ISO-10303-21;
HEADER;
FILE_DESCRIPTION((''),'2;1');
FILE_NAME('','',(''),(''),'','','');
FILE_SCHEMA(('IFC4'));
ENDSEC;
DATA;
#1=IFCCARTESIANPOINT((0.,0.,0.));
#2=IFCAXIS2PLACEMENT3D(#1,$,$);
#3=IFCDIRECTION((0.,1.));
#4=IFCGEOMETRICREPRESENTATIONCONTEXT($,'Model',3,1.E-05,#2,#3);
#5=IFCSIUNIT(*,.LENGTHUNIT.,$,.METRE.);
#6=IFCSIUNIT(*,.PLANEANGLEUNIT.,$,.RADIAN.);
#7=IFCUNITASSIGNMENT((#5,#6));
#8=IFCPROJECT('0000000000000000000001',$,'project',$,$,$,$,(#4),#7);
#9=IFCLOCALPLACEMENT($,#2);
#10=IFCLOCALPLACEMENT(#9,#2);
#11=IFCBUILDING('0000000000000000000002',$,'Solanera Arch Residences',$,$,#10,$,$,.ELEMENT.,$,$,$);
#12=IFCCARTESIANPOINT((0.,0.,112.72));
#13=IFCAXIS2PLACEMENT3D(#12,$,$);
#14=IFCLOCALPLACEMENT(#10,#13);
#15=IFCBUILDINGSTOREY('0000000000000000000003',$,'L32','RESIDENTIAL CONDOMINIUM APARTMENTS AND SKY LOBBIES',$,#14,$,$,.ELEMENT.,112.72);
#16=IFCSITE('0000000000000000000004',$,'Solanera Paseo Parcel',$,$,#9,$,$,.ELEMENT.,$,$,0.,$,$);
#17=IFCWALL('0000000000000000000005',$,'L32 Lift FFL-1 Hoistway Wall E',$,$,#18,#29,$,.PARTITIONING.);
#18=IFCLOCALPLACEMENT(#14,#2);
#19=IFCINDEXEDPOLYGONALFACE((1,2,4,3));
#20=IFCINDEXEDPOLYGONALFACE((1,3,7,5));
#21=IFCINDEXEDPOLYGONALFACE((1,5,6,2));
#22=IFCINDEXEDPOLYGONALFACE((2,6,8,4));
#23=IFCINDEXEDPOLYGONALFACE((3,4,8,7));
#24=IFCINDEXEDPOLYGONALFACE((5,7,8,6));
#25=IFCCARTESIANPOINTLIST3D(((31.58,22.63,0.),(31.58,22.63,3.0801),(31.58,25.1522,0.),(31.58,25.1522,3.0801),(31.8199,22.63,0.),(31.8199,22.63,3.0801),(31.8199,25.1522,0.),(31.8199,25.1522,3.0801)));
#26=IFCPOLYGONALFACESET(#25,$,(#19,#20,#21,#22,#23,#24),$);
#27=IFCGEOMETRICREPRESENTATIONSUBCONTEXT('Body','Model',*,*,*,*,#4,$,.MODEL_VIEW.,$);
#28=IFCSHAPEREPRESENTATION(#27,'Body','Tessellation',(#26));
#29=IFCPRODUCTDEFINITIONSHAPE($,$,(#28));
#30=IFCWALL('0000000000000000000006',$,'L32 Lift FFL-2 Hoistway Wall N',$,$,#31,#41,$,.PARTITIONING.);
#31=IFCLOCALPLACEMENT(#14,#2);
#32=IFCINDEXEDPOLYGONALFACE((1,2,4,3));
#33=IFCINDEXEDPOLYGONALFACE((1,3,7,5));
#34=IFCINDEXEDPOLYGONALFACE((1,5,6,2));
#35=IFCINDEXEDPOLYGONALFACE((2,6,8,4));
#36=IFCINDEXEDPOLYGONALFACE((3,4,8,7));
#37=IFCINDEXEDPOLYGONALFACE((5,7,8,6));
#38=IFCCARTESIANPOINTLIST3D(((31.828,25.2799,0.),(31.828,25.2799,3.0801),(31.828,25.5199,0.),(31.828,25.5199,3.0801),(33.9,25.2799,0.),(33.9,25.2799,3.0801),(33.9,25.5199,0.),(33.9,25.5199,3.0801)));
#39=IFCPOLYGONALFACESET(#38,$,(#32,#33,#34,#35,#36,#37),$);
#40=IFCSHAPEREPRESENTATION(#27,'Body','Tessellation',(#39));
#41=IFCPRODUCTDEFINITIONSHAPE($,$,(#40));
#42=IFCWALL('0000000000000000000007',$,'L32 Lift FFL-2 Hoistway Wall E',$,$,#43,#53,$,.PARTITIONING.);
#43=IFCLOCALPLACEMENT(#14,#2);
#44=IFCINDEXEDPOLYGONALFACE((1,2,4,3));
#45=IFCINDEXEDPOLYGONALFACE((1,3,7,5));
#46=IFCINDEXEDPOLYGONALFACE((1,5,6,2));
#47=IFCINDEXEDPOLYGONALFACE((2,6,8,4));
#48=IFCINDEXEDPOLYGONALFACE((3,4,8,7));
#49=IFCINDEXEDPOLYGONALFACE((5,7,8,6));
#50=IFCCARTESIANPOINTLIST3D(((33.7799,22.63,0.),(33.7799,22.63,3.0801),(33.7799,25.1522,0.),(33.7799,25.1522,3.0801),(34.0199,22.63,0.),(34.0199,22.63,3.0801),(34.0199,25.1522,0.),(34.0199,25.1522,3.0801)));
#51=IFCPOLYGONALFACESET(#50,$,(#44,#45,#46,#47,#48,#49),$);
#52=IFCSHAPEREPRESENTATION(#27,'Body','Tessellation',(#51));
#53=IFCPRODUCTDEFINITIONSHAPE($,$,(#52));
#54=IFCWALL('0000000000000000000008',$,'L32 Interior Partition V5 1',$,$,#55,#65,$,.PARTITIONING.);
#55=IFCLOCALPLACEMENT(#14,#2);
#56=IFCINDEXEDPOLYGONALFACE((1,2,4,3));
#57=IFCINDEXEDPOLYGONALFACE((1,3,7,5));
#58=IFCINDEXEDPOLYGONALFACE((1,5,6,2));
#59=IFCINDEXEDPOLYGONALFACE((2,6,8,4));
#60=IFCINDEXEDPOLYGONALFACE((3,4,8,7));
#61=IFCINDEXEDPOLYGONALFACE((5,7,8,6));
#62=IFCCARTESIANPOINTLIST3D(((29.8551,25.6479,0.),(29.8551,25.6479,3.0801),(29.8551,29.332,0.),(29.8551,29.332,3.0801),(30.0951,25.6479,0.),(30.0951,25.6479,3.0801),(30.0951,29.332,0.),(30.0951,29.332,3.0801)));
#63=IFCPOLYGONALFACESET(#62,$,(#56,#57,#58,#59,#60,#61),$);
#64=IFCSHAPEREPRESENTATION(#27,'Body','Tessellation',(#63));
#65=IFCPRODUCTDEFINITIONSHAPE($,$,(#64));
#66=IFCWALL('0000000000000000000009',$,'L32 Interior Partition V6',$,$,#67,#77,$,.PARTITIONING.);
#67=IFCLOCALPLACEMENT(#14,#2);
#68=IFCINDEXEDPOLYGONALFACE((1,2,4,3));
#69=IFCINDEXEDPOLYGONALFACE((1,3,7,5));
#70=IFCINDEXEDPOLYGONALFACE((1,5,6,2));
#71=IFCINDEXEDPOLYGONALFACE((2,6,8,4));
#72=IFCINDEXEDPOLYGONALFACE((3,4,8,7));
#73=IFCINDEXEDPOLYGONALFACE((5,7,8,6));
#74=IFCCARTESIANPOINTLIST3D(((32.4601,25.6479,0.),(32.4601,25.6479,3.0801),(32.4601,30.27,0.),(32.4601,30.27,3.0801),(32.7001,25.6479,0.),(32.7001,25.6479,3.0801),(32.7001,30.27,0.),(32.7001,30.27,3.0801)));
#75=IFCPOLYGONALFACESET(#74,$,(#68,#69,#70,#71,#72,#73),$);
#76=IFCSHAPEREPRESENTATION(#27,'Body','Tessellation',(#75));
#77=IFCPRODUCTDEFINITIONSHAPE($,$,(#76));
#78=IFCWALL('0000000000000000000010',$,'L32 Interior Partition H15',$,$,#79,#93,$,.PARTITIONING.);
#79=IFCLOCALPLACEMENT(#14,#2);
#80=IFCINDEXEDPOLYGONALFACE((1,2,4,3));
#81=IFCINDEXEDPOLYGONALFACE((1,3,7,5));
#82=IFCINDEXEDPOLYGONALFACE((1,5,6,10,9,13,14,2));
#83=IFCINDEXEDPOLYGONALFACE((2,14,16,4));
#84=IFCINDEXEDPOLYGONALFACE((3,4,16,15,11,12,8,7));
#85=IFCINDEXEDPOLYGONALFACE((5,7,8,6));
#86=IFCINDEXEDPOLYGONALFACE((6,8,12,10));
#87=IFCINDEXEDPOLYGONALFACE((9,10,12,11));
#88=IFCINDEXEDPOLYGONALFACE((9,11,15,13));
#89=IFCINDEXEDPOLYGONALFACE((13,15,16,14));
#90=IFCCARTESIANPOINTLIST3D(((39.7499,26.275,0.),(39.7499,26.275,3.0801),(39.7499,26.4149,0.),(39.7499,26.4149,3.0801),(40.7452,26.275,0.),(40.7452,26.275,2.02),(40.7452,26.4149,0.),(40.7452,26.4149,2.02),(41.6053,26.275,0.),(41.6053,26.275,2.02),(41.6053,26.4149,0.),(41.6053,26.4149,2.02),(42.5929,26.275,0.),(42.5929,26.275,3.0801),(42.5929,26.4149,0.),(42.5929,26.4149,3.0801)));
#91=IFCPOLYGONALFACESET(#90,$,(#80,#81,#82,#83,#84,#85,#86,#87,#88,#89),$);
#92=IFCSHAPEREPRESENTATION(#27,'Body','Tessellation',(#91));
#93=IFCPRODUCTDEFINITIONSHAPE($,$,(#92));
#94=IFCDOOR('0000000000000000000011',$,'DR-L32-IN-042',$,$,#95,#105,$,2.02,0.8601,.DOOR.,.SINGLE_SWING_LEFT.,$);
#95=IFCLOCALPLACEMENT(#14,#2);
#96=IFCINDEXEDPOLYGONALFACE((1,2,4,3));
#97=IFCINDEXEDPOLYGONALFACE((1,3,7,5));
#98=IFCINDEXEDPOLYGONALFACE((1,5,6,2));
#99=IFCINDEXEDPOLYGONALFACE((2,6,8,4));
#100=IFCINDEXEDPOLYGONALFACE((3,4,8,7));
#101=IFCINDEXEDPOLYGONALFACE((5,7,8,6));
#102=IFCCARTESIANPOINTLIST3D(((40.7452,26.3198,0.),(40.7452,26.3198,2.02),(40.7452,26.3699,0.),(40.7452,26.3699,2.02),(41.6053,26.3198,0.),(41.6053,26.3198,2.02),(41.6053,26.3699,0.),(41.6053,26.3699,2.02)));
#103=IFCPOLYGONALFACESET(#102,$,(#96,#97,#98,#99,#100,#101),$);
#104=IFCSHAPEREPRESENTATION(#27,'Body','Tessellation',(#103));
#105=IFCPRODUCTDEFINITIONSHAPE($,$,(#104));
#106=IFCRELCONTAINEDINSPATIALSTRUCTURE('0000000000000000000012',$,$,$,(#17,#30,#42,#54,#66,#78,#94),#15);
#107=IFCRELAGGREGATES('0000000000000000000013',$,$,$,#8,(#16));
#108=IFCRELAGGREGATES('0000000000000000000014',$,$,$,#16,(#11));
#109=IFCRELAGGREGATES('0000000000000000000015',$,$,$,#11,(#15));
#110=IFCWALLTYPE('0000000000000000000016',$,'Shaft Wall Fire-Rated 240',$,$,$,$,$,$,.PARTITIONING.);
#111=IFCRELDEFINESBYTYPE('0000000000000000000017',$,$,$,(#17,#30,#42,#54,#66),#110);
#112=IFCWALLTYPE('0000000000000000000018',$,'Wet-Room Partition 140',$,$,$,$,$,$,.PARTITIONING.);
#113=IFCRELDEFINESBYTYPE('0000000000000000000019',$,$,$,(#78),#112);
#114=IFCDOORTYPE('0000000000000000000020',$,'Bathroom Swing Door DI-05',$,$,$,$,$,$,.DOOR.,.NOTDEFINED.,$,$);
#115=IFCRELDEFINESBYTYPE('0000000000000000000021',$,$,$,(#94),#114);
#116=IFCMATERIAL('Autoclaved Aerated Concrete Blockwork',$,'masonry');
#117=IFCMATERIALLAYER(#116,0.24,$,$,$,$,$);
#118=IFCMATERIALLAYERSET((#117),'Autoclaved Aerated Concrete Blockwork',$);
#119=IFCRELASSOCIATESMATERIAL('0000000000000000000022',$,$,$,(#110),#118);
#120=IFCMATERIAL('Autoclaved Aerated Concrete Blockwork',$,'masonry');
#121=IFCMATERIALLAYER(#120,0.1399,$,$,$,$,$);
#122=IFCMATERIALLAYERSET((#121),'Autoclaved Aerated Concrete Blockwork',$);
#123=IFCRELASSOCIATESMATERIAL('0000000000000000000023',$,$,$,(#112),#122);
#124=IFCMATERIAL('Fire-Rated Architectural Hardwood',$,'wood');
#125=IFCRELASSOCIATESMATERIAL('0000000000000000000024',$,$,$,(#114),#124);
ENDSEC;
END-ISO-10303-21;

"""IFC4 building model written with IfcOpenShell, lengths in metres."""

from ifc_helpers import new_model, si_unit, direction, frame, frame_2d, origin, place, context, subcontext, project, spatial, rectangle, extrude, material, layer, layer_set, type_object, element, fill, save


model = new_model("IFC4")

# Units and contexts
model_context = context("Model", 3, precision=1e-05, world=origin(), true_north=direction((0.0, 1.0)))
body_context = subcontext(model_context, "Body", "Model", "MODEL_VIEW")
ifc_project = project(units=[si_unit("LENGTHUNIT", "METRE"), si_unit("PLANEANGLEUNIT", "RADIAN")], contexts=[model_context])

# Site, building, storey
site_placement = place(None, origin())
site = spatial("IfcSite", under=ifc_project, at=site_placement, Name="Solanera Paseo Parcel", CompositionType="ELEMENT", RefElevation=0.0)
building_placement = place(site_placement, origin())
building = spatial("IfcBuilding", under=site, at=building_placement, Name="Solanera Arch Residences", CompositionType="ELEMENT")
storey_placement = place(building_placement, frame((0.0, 0.0, 112.72)))
storey = spatial("IfcBuildingStorey", under=building, at=storey_placement, Name="L32", Description="RESIDENTIAL CONDOMINIUM APARTMENTS AND SKY LOBBIES", CompositionType="ELEMENT", Elevation=112.72)

# Walls
ifc_material_1 = material(Name="Autoclaved Aerated Concrete Blockwork", Category="masonry")
ifc_layer_1 = layer(ifc_material_1, 0.24)
ifc_layer_set_1 = layer_set([ifc_layer_1], Name="Autoclaved Aerated Concrete Blockwork")
wall_type_1 = type_object("IfcWallType", Name="Shaft Wall Fire-Rated 240", PredefinedType="PARTITIONING", material=ifc_layer_set_1)
wall_1_placement = place(storey_placement, frame((31.7, 22.6299, 0.0), z_axis=(0.0, 0.0, 1.0), x_axis=(0.0, 1.0, 0.0)))
element("IfcWall", 1, at=wall_1_placement, inside=storey, type_object=wall_type_1, Name="L32 Lift FFL-1 Hoistway Wall E", PredefinedType="PARTITIONING", context=body_context, shape_type="SweptSolid", body=[
    extrude(rectangle(XDim=2.5222, YDim=0.24, at=frame_2d((1.2612, 0.0))), origin(), (0.0, 0.0, 1.0), 3.0801),
])
wall_2_placement = place(storey_placement, frame((31.8279, 25.3999, 0.0), z_axis=(0.0, 0.0, 1.0), x_axis=(1.0, 0.0, 0.0)))
element("IfcWall", 2, at=wall_2_placement, inside=storey, type_object=wall_type_1, Name="L32 Lift FFL-2 Hoistway Wall N", PredefinedType="PARTITIONING", context=body_context, shape_type="SweptSolid", body=[
    extrude(rectangle(XDim=2.072, YDim=0.24, at=frame_2d((1.0361, 0.0))), origin(), (0.0, 0.0, 1.0), 3.0801),
])
wall_3_placement = place(storey_placement, frame((33.8999, 22.6299, 0.0), z_axis=(0.0, 0.0, 1.0), x_axis=(0.0, 1.0, 0.0)))
element("IfcWall", 3, at=wall_3_placement, inside=storey, type_object=wall_type_1, Name="L32 Lift FFL-2 Hoistway Wall E", PredefinedType="PARTITIONING", context=body_context, shape_type="SweptSolid", body=[
    extrude(rectangle(XDim=2.5222, YDim=0.24, at=frame_2d((1.2612, 0.0))), origin(), (0.0, 0.0, 1.0), 3.0801),
])
wall_4_placement = place(storey_placement, frame((29.9751, 25.6479, 0.0), z_axis=(0.0, 0.0, 1.0), x_axis=(0.0, 1.0, 0.0)))
element("IfcWall", 4, at=wall_4_placement, inside=storey, type_object=wall_type_1, Name="L32 Interior Partition V5 1", PredefinedType="PARTITIONING", context=body_context, shape_type="SweptSolid", body=[
    extrude(rectangle(XDim=3.6841, YDim=0.24, at=frame_2d((1.842, 0.0))), origin(), (0.0, 0.0, 1.0), 3.0801),
])

# Wall
wall_5_placement = place(storey_placement, frame((32.5801, 25.6479, 0.0), z_axis=(0.0, 0.0, 1.0), x_axis=(0.0, 1.0, 0.0)))
element("IfcWall", 5, at=wall_5_placement, inside=storey, type_object=wall_type_1, Name="L32 Interior Partition V6", PredefinedType="PARTITIONING", context=body_context, shape_type="SweptSolid", body=[
    extrude(rectangle(XDim=4.6221, YDim=0.24, at=frame_2d((2.311, 0.0))), origin(), (0.0, 0.0, 1.0), 3.0801),
])

# Wall, opening, door
ifc_material_2 = material(Name="Autoclaved Aerated Concrete Blockwork", Category="masonry")
ifc_layer_2 = layer(ifc_material_2, 0.1399)
ifc_layer_set_2 = layer_set([ifc_layer_2], Name="Autoclaved Aerated Concrete Blockwork")
wall_type_2 = type_object("IfcWallType", Name="Wet-Room Partition 140", PredefinedType="PARTITIONING", material=ifc_layer_set_2)
wall_6_placement = place(storey_placement, frame((39.75, 26.345, 0.0), z_axis=(0.0, 0.0, 1.0), x_axis=(1.0, 0.0, 0.0)))
wall_6 = element("IfcWall", 6, at=wall_6_placement, inside=storey, type_object=wall_type_2, Name="L32 Interior Partition H15", PredefinedType="PARTITIONING", context=body_context, shape_type="SweptSolid", body=[
    extrude(rectangle(XDim=2.843, YDim=0.1399, at=frame_2d((1.4214, 0.0))), origin(), (0.0, 0.0, 1.0), 3.0801),
])
opening_1_placement = place(wall_6_placement, frame((0.9951, 0.0, 0.0)))
opening_1 = element("IfcOpeningElement", 7, at=opening_1_placement, cuts=wall_6, PredefinedType="OPENING", context=body_context, shape_type="SweptSolid", body=[
    extrude(rectangle(XDim=0.8601, YDim=2.02, at=frame_2d((0.4302, 1.01))), frame((0.0, 0.0798, 0.0), z_axis=(0.0, -1.0, 0.0), x_axis=(1.0, 0.0, 0.0)), (0.0, 0.0, 1.0), 0.1599),
])
ifc_material_3 = material(Name="Fire-Rated Architectural Hardwood", Category="wood")
door_type_1 = type_object("IfcDoorType", Name="Bathroom Swing Door DI-05", OperationType="NOTDEFINED", PredefinedType="DOOR", material=ifc_material_3)
door_1_placement = place(opening_1_placement, origin())
door_1 = element("IfcDoor", 8, at=door_1_placement, inside=storey, type_object=door_type_1, Name="DR-L32-IN-042", OperationType="SINGLE_SWING_LEFT", OverallHeight=2.02, OverallWidth=0.8601, PredefinedType="DOOR", context=body_context, shape_type="SweptSolid", body=[
    extrude(rectangle(XDim=0.8601, YDim=2.02, at=frame_2d((0.4302, 1.01))), frame((0.0, 0.0249, 0.0), z_axis=(0.0, -1.0, 0.0), x_axis=(1.0, 0.0, 0.0)), (0.0, 0.0, 1.0), 0.05),
])
fill(opening_1, door_1)

save(model, "model.ifc")
